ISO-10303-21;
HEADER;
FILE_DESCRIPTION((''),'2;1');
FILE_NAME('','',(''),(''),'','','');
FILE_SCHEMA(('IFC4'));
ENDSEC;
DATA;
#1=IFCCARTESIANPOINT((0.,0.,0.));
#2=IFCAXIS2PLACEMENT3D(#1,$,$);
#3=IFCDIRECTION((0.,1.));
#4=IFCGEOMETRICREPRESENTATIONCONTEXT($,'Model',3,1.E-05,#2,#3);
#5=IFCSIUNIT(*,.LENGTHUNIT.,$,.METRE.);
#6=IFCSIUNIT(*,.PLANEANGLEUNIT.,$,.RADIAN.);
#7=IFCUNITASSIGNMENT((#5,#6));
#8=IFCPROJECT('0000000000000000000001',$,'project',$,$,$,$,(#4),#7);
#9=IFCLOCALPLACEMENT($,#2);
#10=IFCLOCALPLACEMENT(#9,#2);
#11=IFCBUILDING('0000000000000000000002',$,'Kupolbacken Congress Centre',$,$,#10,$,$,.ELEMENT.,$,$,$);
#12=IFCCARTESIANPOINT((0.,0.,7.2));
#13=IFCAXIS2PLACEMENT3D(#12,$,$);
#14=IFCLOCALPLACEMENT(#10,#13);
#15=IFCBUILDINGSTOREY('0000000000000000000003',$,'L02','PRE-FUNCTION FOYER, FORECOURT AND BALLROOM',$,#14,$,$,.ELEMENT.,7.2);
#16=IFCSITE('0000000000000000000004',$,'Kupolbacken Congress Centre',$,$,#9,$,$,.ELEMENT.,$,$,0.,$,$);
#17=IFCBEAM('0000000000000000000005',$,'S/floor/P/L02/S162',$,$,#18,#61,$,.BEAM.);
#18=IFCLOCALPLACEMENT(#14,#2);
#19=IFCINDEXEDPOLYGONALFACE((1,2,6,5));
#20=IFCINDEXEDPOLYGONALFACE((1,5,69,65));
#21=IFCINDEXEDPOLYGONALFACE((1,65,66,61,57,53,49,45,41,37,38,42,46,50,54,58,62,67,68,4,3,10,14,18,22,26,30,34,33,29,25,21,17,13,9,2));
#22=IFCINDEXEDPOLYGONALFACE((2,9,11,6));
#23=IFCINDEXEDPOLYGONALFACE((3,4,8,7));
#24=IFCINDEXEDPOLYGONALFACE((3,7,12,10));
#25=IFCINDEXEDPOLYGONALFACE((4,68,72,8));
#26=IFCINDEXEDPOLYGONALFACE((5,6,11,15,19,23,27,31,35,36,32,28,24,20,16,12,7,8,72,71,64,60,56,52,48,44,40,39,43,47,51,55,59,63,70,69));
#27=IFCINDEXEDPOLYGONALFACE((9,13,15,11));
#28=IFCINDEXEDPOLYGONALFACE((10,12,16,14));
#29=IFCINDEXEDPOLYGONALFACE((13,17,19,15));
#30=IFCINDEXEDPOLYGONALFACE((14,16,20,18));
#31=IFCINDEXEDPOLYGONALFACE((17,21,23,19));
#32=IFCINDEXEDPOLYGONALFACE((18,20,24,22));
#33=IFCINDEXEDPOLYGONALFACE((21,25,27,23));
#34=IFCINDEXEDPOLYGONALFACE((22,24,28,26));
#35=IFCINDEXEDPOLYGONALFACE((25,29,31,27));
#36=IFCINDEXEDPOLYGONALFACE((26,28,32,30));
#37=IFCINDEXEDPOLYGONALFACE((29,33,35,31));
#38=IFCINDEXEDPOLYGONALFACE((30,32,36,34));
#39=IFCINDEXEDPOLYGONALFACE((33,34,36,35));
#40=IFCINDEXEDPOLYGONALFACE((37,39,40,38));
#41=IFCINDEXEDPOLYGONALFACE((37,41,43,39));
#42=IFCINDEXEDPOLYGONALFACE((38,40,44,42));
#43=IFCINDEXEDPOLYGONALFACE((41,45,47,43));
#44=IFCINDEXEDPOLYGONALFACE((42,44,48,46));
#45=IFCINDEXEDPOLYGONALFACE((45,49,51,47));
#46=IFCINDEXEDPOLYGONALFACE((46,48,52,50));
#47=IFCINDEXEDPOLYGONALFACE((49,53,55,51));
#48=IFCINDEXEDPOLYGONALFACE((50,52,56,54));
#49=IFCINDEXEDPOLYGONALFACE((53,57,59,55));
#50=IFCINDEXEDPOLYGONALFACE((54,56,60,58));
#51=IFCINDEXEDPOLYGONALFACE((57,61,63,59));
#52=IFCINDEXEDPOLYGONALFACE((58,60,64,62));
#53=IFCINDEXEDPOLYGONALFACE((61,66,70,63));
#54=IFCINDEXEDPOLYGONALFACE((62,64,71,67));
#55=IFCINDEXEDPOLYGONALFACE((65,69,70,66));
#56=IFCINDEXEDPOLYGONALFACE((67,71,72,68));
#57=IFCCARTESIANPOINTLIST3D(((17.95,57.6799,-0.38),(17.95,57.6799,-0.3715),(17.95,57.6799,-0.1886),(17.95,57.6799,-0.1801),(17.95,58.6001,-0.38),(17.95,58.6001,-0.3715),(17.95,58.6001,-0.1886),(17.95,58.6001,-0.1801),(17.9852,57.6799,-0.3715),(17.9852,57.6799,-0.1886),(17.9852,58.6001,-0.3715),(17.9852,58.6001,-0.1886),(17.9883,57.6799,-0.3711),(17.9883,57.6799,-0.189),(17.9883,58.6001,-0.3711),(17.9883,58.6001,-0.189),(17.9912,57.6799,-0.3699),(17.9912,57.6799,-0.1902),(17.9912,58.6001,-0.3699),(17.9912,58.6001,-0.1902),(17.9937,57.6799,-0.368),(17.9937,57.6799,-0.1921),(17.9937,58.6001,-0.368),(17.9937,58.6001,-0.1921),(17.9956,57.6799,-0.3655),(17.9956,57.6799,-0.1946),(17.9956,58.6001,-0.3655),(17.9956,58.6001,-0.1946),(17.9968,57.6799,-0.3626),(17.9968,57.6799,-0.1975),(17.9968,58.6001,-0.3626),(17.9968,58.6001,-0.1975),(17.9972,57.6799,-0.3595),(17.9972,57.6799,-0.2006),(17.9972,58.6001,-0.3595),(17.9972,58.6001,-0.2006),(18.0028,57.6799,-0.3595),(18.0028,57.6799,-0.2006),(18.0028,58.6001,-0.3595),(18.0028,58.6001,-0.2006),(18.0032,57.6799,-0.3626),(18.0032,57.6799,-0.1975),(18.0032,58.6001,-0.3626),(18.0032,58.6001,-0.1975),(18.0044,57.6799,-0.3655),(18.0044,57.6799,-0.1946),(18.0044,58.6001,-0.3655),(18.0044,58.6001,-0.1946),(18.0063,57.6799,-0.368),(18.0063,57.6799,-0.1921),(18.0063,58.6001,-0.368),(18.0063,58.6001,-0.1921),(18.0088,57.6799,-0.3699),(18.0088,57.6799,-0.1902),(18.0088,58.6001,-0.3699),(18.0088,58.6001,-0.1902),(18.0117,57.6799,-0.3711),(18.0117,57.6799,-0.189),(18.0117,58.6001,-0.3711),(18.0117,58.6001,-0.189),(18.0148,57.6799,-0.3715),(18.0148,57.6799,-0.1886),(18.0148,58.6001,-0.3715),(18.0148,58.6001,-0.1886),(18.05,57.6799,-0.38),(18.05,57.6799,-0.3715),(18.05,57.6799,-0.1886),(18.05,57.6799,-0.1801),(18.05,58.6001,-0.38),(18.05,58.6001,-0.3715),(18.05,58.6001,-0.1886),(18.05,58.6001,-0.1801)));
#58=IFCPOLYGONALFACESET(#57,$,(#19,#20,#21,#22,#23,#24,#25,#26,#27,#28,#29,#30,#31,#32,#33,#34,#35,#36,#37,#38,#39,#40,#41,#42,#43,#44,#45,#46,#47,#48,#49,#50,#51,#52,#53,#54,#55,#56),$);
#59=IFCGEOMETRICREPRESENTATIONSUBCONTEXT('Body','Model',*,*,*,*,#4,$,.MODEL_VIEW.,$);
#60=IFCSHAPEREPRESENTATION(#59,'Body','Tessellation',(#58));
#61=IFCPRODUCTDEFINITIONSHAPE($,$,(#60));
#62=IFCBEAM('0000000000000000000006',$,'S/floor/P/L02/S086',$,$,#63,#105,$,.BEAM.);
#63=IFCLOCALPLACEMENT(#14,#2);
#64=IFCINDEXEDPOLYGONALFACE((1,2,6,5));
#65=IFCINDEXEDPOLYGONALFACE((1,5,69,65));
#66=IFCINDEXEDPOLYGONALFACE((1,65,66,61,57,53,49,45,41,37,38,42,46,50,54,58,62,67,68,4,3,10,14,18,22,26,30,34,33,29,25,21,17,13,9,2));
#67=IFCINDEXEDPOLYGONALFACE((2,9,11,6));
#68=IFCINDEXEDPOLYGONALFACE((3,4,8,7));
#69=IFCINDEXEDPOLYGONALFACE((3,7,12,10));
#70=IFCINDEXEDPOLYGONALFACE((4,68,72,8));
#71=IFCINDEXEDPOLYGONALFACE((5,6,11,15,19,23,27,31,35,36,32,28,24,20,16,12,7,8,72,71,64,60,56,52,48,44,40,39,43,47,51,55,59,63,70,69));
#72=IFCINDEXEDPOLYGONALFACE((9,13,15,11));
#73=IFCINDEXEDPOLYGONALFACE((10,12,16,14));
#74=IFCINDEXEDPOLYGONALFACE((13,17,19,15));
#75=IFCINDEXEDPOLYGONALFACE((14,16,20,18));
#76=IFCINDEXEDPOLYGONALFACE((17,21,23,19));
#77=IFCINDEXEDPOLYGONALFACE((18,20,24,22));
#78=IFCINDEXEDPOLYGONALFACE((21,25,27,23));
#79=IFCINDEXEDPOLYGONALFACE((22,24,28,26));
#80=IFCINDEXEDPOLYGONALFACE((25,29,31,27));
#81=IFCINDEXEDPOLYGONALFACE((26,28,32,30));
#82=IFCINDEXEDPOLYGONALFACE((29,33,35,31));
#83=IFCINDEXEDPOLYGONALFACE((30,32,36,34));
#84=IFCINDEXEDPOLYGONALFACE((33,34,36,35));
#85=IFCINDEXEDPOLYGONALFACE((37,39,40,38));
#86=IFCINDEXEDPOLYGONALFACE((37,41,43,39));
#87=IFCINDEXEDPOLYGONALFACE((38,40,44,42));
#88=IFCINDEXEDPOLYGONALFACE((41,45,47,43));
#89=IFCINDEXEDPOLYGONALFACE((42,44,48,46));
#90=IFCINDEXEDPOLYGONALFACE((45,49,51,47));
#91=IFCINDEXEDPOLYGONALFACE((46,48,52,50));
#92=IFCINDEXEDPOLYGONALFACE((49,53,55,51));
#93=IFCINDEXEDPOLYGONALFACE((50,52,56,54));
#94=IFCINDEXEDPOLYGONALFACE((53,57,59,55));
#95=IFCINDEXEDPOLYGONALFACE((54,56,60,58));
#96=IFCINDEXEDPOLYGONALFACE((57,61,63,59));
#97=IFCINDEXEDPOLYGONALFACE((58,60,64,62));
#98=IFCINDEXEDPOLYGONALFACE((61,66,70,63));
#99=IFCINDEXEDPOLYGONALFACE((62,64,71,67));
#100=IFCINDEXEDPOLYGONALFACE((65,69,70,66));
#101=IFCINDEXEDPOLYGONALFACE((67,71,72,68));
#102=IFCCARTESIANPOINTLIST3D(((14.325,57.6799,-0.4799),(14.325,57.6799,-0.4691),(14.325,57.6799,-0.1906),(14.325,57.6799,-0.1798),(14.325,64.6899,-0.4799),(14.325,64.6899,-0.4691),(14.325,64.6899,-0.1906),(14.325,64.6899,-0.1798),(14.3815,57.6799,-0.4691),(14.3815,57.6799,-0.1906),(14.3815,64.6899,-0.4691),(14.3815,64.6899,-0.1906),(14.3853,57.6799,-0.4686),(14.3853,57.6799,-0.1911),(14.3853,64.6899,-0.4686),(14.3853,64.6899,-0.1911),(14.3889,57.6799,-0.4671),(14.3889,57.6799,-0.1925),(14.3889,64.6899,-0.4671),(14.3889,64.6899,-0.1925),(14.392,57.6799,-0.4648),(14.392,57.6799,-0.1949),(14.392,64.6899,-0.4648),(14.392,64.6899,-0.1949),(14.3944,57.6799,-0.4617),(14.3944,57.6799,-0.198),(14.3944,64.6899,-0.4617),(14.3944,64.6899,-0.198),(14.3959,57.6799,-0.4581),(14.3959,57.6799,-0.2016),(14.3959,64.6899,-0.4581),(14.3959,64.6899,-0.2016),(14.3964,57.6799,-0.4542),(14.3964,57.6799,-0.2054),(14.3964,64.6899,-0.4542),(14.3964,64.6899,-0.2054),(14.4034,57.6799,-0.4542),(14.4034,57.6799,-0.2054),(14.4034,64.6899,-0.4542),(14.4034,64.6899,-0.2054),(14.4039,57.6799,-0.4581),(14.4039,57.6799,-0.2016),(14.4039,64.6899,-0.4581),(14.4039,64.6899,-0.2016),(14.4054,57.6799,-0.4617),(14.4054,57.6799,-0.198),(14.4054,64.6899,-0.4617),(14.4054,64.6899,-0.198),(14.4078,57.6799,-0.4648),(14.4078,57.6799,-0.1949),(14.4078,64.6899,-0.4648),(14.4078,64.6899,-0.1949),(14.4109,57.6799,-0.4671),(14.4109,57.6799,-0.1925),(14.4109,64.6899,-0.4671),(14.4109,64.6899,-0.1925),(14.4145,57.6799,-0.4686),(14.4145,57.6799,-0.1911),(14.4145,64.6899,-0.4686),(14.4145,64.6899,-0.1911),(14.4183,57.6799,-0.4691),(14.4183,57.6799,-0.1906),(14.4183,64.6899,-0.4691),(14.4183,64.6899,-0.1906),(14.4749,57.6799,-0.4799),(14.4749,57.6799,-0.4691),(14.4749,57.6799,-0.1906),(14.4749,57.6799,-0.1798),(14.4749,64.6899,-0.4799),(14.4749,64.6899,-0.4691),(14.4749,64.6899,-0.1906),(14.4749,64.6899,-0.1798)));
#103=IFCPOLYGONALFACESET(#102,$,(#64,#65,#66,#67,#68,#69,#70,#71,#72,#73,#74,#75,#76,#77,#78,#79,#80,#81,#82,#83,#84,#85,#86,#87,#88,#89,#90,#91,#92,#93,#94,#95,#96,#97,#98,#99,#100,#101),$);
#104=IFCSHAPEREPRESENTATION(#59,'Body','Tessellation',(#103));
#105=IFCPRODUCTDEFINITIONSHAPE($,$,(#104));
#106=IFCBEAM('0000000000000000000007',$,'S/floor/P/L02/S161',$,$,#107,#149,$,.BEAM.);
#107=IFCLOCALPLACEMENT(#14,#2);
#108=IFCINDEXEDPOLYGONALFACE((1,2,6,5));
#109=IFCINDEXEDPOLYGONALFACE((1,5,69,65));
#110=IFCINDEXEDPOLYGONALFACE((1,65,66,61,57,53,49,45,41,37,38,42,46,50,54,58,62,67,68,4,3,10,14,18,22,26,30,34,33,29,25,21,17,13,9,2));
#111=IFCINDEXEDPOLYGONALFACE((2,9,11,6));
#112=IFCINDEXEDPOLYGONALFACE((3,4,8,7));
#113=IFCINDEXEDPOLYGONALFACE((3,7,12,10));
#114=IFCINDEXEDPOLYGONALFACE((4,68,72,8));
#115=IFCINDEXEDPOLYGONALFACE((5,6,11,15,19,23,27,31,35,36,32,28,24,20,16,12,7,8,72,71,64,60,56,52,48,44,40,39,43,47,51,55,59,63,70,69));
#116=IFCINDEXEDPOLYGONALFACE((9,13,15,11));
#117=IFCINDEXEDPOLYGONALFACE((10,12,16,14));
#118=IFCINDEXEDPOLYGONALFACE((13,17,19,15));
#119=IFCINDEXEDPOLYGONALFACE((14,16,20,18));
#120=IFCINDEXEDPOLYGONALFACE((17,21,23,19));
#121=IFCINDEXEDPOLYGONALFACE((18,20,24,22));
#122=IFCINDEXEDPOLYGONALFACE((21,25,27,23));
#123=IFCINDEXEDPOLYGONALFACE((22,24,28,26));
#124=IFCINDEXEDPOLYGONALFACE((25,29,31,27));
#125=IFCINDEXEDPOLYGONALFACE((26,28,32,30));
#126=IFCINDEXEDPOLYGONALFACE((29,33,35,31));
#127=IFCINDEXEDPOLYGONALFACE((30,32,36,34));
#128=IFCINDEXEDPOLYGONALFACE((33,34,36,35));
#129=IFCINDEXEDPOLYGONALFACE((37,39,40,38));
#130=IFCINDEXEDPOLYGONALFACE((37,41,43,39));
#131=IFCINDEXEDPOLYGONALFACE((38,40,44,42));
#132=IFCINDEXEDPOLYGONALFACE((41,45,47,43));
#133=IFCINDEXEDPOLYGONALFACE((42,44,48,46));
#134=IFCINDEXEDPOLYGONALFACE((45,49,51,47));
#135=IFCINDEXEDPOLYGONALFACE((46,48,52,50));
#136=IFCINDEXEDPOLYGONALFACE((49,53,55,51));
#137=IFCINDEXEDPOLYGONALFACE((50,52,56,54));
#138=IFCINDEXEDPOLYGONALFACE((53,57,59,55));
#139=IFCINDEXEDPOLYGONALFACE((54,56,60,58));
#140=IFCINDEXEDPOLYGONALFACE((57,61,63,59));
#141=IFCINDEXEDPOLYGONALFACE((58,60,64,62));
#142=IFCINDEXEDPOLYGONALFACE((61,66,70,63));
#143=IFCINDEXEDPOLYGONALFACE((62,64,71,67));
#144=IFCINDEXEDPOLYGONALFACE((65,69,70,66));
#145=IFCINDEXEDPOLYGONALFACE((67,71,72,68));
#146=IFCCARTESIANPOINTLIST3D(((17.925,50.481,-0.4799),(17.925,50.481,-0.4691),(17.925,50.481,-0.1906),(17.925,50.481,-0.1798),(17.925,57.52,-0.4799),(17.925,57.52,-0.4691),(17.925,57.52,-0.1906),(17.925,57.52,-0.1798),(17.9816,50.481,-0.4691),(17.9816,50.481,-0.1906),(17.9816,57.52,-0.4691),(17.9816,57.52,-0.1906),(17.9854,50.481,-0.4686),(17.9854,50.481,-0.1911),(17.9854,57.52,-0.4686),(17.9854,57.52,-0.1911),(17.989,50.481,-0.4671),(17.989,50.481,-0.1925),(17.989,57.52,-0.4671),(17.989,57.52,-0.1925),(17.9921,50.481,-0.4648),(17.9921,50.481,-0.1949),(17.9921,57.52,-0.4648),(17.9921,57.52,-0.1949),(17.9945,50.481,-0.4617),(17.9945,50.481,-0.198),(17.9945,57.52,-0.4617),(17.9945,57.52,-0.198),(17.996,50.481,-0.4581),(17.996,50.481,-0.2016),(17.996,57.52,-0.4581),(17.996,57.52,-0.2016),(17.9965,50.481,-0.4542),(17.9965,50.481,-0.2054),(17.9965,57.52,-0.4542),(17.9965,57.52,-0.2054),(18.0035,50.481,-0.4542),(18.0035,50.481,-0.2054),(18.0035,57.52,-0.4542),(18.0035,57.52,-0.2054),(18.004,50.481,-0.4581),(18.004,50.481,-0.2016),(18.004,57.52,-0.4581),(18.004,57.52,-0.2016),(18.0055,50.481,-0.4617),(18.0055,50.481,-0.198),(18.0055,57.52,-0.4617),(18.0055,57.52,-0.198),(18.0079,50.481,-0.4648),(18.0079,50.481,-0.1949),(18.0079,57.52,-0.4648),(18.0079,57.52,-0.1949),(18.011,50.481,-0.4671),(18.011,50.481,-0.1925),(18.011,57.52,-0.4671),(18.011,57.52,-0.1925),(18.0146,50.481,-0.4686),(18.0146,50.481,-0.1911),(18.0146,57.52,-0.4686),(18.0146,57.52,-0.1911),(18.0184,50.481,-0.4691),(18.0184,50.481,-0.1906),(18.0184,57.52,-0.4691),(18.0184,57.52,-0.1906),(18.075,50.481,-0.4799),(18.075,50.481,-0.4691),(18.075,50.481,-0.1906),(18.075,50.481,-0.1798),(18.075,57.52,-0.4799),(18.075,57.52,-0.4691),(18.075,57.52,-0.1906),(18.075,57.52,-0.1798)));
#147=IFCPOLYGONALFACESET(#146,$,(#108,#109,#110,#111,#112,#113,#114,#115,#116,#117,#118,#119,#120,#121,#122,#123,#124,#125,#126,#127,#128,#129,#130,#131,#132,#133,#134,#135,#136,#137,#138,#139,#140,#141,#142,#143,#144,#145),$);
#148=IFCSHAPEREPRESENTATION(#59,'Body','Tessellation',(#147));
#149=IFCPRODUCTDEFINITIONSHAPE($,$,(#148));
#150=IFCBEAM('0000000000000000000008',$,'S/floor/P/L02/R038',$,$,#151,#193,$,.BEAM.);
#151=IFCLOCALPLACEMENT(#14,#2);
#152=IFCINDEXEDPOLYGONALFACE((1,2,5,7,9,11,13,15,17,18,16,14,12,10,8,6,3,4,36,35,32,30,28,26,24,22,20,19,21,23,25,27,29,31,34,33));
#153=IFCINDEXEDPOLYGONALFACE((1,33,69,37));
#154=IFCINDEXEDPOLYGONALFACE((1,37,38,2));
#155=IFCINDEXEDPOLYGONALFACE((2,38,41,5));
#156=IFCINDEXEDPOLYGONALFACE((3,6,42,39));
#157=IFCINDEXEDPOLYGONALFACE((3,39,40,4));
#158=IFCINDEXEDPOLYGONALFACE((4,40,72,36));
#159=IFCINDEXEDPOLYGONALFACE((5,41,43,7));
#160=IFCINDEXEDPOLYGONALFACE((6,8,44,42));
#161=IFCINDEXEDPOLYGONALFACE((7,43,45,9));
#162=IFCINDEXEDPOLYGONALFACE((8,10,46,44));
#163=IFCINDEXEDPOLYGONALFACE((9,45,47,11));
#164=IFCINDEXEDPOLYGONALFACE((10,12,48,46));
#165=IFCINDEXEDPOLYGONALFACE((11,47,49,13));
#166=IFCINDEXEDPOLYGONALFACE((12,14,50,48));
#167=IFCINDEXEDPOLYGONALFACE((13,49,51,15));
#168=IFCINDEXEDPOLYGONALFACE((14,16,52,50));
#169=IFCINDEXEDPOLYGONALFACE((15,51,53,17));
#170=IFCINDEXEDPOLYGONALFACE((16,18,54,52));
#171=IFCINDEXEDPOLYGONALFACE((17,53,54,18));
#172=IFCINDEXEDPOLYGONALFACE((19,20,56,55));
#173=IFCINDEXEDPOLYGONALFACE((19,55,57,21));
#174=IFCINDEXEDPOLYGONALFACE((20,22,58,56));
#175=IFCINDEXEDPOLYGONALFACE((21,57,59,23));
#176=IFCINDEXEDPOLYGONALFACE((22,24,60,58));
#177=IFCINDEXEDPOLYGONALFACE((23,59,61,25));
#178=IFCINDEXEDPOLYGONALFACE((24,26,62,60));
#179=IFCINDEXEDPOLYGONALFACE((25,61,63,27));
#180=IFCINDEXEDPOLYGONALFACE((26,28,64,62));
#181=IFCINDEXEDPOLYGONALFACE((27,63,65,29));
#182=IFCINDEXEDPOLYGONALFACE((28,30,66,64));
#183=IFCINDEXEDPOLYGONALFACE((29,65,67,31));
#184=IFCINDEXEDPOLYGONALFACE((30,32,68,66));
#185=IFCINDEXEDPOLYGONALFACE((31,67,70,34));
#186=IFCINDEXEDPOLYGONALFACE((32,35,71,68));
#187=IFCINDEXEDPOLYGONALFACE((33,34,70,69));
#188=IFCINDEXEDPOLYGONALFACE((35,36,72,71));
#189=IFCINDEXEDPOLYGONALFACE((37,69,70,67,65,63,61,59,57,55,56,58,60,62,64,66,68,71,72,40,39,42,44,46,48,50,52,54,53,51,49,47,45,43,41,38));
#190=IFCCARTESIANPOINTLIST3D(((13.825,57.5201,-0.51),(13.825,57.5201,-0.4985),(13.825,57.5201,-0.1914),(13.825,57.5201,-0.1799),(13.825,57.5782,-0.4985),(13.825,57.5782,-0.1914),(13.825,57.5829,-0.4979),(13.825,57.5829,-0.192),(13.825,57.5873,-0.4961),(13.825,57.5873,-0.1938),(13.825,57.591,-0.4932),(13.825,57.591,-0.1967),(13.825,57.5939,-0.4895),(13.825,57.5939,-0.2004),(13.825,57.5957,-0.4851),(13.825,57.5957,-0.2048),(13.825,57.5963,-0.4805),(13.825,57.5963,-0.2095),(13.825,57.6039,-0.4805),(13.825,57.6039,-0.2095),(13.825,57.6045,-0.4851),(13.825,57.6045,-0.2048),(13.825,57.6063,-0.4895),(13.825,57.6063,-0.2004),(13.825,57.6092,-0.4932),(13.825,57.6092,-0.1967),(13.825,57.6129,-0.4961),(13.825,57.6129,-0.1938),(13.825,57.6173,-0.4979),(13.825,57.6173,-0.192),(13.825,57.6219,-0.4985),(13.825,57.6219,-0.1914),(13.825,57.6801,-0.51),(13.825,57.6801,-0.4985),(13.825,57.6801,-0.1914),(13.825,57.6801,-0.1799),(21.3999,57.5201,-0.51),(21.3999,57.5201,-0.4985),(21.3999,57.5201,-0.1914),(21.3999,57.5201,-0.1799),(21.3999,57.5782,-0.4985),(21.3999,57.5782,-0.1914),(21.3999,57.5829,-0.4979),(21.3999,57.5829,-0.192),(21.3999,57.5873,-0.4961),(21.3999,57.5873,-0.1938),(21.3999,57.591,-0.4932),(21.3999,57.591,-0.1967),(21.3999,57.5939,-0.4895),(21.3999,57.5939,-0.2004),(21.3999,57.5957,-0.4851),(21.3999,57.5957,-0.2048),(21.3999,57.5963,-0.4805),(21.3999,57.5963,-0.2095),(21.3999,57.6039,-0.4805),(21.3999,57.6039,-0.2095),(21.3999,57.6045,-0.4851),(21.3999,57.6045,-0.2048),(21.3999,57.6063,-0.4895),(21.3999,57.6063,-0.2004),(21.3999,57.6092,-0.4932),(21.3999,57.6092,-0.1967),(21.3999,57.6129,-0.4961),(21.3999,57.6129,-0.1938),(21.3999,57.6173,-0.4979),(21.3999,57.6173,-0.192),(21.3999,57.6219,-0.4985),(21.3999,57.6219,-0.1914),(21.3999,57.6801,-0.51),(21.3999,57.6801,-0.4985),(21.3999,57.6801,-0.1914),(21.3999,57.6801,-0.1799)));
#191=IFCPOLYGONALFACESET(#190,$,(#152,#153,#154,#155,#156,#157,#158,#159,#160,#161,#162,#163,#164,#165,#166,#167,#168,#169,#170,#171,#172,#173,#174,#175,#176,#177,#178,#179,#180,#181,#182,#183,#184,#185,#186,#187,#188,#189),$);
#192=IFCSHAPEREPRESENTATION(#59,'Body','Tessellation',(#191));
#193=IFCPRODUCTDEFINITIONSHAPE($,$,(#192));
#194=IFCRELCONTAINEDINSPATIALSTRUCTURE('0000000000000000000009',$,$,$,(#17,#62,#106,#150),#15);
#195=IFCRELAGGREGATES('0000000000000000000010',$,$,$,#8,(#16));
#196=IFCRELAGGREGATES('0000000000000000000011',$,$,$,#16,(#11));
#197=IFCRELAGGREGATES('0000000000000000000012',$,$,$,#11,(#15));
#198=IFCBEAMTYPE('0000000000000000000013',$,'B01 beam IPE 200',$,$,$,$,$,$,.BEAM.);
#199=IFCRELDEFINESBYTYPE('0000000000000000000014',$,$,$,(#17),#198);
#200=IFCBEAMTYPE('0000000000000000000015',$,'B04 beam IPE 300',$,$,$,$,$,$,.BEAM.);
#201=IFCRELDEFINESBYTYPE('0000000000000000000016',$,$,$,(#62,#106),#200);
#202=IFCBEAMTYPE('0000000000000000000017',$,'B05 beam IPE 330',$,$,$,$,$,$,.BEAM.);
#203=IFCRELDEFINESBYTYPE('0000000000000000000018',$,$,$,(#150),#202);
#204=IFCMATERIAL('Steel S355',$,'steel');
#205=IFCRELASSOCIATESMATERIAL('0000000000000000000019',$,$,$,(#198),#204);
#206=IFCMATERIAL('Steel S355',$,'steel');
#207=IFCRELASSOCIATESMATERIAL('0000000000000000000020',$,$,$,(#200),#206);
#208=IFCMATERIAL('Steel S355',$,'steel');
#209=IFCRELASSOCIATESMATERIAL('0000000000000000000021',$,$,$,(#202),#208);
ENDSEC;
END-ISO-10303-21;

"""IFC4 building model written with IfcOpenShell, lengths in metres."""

from ifc_helpers import new_model, si_unit, direction, frame, origin, origin_2d, place, context, subcontext, project, spatial, i_section, extrude, material, material_profile, profile_set, type_object, element, save


model = new_model("IFC4")

# Units and contexts
model_context = context("Model", 3, precision=1e-05, world=origin(), true_north=direction((0.0, 1.0)))
body_context = subcontext(model_context, "Body", "Model", "MODEL_VIEW")
ifc_project = project(units=[si_unit("LENGTHUNIT", "METRE"), si_unit("PLANEANGLEUNIT", "RADIAN")], contexts=[model_context])

# Site, building, storey
site_placement = place(None, origin())
site = spatial("IfcSite", under=ifc_project, at=site_placement, Name="Kupolbacken Congress Centre", CompositionType="ELEMENT", RefElevation=0.0)
building_placement = place(site_placement, origin())
building = spatial("IfcBuilding", under=site, at=building_placement, Name="Kupolbacken Congress Centre", CompositionType="ELEMENT")
storey_placement = place(building_placement, frame((0.0, 0.0, 7.2)))
storey = spatial("IfcBuildingStorey", under=building, at=storey_placement, Name="L02", Description="PRE-FUNCTION FOYER, FORECOURT AND BALLROOM", CompositionType="ELEMENT", Elevation=7.2)

# Beams
ifc_material_1 = material(Name="Steel S355", Category="steel")
ifc_material_profile_1 = material_profile(ifc_material_1, i_section(OverallWidth=0.1001, OverallDepth=0.2, WebThickness=0.0056, FlangeThickness=0.0085, FilletRadius=0.012, at=origin_2d()), Name="IPE 200")
ifc_profile_set_1 = profile_set([ifc_material_profile_1], Name="Steel S355")
beam_type_1 = type_object("IfcBeamType", Name="B01 beam IPE 200", PredefinedType="BEAM", material=ifc_profile_set_1)
beam_1_placement = place(storey_placement, frame((18.0, 57.6799, -0.28), z_axis=(0.0, 1.0, 0.0), x_axis=(-1.0, 0.0, 0.0)))
element("IfcBeam", 1, at=beam_1_placement, inside=storey, type_object=beam_type_1, Name="S/floor/P/L02/S162", PredefinedType="BEAM", context=body_context, shape_type="SweptSolid", body=[
    extrude(i_section(OverallWidth=0.1001, OverallDepth=0.2, WebThickness=0.0056, FlangeThickness=0.0085, FilletRadius=0.012, at=origin_2d()), origin(), (0.0, 0.0, 1.0), 0.9202),
])
ifc_material_2 = material(Name="Steel S355", Category="steel")
ifc_material_profile_2 = material_profile(ifc_material_2, i_section(OverallWidth=0.1499, OverallDepth=0.3, WebThickness=0.0071, FlangeThickness=0.0107, FilletRadius=0.0149, at=origin_2d()), Name="IPE 300")
ifc_profile_set_2 = profile_set([ifc_material_profile_2], Name="Steel S355")
beam_type_2 = type_object("IfcBeamType", Name="B04 beam IPE 300", PredefinedType="BEAM", material=ifc_profile_set_2)
beam_2_placement = place(storey_placement, frame((14.3999, 57.6799, -0.3298), z_axis=(0.0, 1.0, 0.0), x_axis=(-1.0, 0.0, 0.0)))
element("IfcBeam", 2, at=beam_2_placement, inside=storey, type_object=beam_type_2, Name="S/floor/P/L02/S086", PredefinedType="BEAM", context=body_context, shape_type="SweptSolid", body=[
    extrude(i_section(OverallWidth=0.1499, OverallDepth=0.3, WebThickness=0.0071, FlangeThickness=0.0107, FilletRadius=0.0149, at=origin_2d()), origin(), (0.0, 0.0, 1.0), 7.01),
])
beam_3_placement = place(storey_placement, frame((18.0, 50.481, -0.3298), z_axis=(0.0, 1.0, 0.0), x_axis=(-1.0, 0.0, 0.0)))
element("IfcBeam", 3, at=beam_3_placement, inside=storey, type_object=beam_type_2, Name="S/floor/P/L02/S161", PredefinedType="BEAM", context=body_context, shape_type="SweptSolid", body=[
    extrude(i_section(OverallWidth=0.1499, OverallDepth=0.3, WebThickness=0.0071, FlangeThickness=0.0107, FilletRadius=0.0149, at=origin_2d()), origin(), (0.0, 0.0, 1.0), 7.0391),
])
ifc_material_3 = material(Name="Steel S355", Category="steel")
ifc_material_profile_3 = material_profile(ifc_material_3, i_section(OverallWidth=0.1599, OverallDepth=0.3301, WebThickness=0.0076, FlangeThickness=0.0115, FilletRadius=0.0181, at=origin_2d()), Name="IPE 330")
ifc_profile_set_3 = profile_set([ifc_material_profile_3], Name="Steel S355")
beam_type_3 = type_object("IfcBeamType", Name="B05 beam IPE 330", PredefinedType="BEAM", material=ifc_profile_set_3)
beam_4_placement = place(storey_placement, frame((13.825, 57.6001, -0.345), z_axis=(1.0, 0.0, 0.0), x_axis=(0.0, 1.0, 0.0)))
element("IfcBeam", 4, at=beam_4_placement, inside=storey, type_object=beam_type_3, Name="S/floor/P/L02/R038", PredefinedType="BEAM", context=body_context, shape_type="SweptSolid", body=[
    extrude(i_section(OverallWidth=0.1599, OverallDepth=0.3301, WebThickness=0.0076, FlangeThickness=0.0115, FilletRadius=0.0181, at=origin_2d()), origin(), (0.0, 0.0, 1.0), 7.575),
])

save(model, "model.ifc")
